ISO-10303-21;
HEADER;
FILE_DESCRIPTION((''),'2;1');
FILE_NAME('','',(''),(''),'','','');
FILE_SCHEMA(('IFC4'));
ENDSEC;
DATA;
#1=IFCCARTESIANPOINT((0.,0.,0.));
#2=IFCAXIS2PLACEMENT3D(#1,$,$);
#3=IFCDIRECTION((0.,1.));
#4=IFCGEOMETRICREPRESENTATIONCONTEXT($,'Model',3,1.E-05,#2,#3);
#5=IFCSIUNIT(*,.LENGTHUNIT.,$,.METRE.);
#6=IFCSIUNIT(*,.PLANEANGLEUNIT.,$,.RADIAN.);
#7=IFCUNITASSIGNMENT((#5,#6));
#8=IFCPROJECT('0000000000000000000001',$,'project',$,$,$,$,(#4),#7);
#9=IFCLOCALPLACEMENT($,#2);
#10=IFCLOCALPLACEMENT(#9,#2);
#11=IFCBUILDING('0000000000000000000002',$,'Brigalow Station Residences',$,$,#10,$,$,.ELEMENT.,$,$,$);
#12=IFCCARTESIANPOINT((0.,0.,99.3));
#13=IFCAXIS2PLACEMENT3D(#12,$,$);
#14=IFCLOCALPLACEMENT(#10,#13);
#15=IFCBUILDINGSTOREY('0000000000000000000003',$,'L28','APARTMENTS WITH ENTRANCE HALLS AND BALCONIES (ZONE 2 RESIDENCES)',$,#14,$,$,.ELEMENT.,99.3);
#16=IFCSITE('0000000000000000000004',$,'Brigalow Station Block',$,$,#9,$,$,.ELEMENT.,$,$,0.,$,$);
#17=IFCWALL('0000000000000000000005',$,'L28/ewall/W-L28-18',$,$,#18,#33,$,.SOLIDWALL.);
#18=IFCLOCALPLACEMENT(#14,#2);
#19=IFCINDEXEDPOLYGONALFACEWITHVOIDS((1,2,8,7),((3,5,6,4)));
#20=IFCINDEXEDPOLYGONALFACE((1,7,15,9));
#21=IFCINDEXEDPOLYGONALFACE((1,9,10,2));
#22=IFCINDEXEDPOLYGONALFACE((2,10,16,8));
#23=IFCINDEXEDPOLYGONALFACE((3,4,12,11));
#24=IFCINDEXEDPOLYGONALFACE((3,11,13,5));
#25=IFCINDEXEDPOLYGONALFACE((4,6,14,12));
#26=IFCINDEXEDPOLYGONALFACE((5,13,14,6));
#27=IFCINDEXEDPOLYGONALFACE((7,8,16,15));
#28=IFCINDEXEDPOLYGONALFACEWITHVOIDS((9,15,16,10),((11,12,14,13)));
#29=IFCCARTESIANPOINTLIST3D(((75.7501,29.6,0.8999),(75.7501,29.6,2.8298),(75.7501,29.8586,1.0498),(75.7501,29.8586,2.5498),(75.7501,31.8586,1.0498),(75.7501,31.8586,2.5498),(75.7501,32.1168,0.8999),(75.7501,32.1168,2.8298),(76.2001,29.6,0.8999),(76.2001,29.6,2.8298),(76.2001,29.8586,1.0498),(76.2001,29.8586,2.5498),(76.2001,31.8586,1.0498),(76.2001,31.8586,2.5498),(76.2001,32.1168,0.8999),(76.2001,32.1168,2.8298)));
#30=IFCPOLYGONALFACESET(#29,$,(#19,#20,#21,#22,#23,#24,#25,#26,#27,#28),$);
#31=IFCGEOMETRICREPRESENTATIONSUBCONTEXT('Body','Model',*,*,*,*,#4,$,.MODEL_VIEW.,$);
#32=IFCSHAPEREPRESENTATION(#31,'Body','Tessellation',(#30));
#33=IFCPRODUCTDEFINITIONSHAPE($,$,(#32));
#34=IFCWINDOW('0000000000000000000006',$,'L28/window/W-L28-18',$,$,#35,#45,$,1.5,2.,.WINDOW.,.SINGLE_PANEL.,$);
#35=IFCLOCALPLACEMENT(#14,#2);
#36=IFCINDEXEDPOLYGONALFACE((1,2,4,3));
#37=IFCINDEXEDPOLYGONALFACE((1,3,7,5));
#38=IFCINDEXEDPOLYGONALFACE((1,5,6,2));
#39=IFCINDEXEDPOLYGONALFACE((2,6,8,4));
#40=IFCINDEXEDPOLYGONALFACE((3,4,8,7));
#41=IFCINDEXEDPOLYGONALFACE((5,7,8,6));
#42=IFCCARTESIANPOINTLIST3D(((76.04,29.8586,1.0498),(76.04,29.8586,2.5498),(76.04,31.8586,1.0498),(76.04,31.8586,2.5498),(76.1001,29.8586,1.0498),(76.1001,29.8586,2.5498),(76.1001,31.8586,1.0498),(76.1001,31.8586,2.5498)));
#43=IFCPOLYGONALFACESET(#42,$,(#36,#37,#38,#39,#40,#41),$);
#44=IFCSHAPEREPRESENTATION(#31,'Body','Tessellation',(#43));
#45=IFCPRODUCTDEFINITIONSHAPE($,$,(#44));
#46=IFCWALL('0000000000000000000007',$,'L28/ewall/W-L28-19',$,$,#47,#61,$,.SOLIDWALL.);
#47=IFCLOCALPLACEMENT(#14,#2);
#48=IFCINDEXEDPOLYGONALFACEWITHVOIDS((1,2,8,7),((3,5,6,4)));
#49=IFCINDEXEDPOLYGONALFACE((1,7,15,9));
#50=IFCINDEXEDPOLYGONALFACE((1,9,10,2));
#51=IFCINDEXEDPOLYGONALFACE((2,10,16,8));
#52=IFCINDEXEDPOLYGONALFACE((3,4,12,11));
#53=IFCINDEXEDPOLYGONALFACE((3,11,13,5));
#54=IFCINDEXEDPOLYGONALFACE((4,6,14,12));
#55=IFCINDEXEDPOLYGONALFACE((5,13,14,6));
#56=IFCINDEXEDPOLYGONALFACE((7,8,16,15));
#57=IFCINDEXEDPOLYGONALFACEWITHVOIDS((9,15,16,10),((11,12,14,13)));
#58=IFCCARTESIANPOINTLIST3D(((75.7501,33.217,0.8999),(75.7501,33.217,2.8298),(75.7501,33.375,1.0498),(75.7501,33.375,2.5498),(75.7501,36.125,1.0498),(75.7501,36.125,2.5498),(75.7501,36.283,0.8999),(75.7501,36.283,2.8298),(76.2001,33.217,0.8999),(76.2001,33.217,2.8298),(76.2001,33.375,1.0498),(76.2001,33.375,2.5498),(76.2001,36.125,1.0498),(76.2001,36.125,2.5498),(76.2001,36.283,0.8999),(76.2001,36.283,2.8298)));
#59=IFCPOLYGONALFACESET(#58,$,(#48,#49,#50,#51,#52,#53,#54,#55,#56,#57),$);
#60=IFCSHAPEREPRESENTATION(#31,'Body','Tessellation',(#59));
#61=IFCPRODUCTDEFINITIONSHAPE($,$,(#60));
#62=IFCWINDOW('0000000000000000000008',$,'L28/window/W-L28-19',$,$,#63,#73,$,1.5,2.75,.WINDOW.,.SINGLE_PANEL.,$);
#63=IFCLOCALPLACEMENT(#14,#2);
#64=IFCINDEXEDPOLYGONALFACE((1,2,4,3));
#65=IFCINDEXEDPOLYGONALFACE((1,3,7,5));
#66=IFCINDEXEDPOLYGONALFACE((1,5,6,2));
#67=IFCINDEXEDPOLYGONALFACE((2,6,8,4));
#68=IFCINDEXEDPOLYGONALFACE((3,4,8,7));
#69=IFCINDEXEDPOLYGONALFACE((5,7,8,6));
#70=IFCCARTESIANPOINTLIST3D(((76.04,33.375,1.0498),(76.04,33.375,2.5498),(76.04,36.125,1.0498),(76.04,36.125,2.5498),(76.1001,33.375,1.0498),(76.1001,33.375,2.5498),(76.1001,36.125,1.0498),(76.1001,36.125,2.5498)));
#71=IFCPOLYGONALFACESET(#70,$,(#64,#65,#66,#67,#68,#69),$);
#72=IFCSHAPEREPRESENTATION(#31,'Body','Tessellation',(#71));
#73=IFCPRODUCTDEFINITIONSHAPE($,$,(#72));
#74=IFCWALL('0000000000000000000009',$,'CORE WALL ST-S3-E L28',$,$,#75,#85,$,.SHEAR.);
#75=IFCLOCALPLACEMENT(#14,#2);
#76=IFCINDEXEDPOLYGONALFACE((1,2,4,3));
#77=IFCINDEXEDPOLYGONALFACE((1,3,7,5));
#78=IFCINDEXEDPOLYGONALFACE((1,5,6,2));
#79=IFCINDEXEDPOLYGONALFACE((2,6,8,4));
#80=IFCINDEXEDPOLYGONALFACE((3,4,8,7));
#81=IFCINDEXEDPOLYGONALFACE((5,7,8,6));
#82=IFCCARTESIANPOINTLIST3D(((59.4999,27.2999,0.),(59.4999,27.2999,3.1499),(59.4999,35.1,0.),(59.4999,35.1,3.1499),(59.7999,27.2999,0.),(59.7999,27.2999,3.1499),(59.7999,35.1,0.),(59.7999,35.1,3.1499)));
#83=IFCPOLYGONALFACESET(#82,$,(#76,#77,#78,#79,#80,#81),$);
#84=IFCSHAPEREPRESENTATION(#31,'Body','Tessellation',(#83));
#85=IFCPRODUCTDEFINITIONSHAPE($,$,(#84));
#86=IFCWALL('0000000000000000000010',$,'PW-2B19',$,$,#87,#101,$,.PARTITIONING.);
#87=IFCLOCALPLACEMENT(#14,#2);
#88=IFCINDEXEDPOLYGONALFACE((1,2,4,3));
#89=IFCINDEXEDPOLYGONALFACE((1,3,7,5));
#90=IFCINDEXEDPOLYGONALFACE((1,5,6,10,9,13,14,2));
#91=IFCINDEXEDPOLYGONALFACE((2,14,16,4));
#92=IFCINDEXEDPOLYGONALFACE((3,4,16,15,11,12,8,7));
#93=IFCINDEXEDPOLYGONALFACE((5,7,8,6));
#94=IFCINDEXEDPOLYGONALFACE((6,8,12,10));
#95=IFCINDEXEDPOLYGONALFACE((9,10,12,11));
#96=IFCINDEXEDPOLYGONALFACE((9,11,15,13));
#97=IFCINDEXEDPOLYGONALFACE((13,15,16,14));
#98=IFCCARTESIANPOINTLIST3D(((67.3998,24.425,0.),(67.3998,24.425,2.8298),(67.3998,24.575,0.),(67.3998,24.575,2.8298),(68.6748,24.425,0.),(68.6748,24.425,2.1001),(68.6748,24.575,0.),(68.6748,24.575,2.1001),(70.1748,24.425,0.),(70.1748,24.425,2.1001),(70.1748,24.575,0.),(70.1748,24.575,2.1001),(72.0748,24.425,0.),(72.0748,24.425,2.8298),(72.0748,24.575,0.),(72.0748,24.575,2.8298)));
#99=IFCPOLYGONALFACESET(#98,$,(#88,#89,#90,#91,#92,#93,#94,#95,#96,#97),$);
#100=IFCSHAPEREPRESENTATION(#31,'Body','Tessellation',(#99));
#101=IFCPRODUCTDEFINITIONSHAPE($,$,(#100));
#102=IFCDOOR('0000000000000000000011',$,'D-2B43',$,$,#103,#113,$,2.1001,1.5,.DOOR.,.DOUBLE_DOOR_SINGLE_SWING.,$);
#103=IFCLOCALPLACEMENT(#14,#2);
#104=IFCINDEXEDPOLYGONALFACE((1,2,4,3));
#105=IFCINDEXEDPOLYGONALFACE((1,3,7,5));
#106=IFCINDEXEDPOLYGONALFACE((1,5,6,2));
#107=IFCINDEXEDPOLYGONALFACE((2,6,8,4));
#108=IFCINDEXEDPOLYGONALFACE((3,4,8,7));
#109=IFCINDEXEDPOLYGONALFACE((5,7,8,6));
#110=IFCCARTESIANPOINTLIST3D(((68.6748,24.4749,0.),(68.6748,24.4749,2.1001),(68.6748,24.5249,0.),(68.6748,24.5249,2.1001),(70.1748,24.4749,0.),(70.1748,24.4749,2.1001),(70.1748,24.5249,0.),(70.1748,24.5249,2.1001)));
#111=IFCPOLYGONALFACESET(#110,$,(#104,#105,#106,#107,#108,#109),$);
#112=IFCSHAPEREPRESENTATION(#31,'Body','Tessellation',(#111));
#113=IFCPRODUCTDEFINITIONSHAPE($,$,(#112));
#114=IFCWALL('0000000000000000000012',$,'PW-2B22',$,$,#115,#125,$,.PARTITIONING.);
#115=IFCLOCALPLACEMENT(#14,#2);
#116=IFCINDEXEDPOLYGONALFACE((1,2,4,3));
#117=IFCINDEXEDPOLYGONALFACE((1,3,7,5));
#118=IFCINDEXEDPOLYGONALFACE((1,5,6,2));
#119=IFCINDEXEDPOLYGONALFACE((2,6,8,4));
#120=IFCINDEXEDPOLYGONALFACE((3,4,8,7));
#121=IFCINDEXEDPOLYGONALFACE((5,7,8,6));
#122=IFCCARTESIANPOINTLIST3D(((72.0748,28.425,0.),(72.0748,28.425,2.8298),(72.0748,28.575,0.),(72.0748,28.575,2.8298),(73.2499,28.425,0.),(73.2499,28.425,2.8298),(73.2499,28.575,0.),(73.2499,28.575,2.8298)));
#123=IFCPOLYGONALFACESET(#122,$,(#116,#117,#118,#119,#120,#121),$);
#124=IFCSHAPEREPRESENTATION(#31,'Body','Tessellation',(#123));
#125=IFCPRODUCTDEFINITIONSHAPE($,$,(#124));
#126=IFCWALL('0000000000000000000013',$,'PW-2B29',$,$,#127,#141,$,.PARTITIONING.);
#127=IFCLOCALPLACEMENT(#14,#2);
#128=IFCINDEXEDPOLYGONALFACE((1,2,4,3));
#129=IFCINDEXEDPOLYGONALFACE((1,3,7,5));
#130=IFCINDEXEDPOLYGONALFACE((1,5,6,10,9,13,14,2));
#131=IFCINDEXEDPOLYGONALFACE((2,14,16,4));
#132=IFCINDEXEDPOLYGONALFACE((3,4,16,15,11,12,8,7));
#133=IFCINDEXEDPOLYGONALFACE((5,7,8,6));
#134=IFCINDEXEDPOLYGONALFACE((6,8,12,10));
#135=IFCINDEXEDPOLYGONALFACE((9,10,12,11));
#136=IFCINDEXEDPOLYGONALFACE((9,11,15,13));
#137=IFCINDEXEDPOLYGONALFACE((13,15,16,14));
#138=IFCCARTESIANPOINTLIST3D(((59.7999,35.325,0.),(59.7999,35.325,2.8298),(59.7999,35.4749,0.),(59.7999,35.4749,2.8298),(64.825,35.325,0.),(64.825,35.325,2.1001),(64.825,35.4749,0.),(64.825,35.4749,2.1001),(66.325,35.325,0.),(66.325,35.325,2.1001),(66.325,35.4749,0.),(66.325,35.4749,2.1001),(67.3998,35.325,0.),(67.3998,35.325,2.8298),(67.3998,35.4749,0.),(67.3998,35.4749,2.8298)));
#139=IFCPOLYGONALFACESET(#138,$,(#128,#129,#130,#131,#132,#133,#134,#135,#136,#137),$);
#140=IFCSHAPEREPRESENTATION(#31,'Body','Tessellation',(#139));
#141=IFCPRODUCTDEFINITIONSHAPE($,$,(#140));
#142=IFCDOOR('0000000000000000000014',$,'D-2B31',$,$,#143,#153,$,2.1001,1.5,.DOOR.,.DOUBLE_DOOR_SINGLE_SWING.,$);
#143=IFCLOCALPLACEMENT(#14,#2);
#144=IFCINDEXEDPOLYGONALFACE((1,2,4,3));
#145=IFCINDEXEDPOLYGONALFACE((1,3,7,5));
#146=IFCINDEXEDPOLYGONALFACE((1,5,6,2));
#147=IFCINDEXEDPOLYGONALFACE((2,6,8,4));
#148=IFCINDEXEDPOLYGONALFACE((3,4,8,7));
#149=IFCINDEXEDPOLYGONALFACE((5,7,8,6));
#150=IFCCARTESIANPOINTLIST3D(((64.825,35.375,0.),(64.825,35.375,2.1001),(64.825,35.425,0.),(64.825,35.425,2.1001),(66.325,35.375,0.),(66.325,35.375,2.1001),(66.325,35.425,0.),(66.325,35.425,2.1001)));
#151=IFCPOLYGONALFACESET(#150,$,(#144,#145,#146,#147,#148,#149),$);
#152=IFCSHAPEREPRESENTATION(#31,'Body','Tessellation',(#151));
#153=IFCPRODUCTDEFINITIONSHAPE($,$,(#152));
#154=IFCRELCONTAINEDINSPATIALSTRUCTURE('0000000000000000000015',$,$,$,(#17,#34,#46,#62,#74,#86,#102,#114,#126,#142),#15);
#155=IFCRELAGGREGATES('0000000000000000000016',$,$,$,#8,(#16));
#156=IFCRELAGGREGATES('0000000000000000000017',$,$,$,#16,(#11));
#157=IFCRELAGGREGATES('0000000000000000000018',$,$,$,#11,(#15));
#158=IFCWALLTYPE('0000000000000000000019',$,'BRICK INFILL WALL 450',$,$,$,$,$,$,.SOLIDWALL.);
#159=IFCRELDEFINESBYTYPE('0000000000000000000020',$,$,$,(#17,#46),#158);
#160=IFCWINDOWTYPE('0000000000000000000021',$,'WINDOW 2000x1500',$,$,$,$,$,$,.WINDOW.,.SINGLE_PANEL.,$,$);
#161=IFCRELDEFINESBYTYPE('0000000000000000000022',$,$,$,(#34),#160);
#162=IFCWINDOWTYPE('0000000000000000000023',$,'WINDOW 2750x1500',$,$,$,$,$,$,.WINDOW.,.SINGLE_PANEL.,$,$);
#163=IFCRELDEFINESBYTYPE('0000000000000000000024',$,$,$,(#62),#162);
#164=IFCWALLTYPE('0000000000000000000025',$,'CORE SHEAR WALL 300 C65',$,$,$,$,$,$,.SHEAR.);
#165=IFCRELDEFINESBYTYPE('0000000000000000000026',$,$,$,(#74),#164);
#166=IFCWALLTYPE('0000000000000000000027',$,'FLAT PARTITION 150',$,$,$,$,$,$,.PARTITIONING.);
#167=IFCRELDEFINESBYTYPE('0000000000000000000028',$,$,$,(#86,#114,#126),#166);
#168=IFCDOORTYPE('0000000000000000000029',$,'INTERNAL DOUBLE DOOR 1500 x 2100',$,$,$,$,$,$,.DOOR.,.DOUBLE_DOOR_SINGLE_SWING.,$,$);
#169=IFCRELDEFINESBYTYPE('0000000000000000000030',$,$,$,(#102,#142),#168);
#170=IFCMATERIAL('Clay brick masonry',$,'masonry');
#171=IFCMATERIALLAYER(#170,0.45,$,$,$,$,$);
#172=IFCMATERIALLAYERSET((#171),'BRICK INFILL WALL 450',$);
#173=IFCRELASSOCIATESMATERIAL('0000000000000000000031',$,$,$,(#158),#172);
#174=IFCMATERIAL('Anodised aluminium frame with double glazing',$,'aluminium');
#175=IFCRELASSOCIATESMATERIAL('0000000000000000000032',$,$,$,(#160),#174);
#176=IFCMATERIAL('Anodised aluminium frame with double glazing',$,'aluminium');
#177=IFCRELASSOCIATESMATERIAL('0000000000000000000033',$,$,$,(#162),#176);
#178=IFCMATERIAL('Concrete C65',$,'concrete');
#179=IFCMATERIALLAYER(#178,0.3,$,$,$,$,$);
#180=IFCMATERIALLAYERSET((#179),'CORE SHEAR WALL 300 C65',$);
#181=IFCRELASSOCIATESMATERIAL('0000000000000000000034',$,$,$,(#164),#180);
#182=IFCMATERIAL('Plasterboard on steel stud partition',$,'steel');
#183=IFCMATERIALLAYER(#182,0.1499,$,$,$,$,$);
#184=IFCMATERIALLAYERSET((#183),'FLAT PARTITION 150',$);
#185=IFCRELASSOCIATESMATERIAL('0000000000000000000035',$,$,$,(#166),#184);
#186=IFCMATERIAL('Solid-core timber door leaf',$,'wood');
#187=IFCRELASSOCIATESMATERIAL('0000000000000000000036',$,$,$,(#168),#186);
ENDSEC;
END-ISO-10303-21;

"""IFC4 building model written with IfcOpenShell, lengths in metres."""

from ifc_helpers import new_model, si_unit, direction, frame, frame_2d, origin, place, context, subcontext, project, spatial, rectangle, extrude, material, layer, layer_set, type_object, element, fill, save


model = new_model("IFC4")

# Units and contexts
model_context = context("Model", 3, precision=1e-05, world=origin(), true_north=direction((0.0, 1.0)))
body_context = subcontext(model_context, "Body", "Model", "MODEL_VIEW")
ifc_project = project(units=[si_unit("LENGTHUNIT", "METRE"), si_unit("PLANEANGLEUNIT", "RADIAN")], contexts=[model_context])

# Site, building, storey
site_placement = place(None, origin())
site = spatial("IfcSite", under=ifc_project, at=site_placement, Name="Brigalow Station Block", CompositionType="ELEMENT", RefElevation=0.0)
building_placement = place(site_placement, origin())
building = spatial("IfcBuilding", under=site, at=building_placement, Name="Brigalow Station Residences", CompositionType="ELEMENT")
storey_placement = place(building_placement, frame((0.0, 0.0, 99.3)))
storey = spatial("IfcBuildingStorey", under=building, at=storey_placement, Name="L28", Description="APARTMENTS WITH ENTRANCE HALLS AND BALCONIES (ZONE 2 RESIDENCES)", CompositionType="ELEMENT", Elevation=99.3)

# Shared definitions
ifc_material_1 = material(Name="Clay brick masonry", Category="masonry")
ifc_layer_1 = layer(ifc_material_1, 0.45)
ifc_layer_set_1 = layer_set([ifc_layer_1], Name="BRICK INFILL WALL 450")
wall_type_1 = type_object("IfcWallType", Name="BRICK INFILL WALL 450", PredefinedType="SOLIDWALL", material=ifc_layer_set_1)

# Walls, openings, windows
wall_1_placement = place(storey_placement, frame((75.9751, 29.6001, 0.8999), z_axis=(0.0, 0.0, 1.0), x_axis=(0.0, 1.0, 0.0)))
wall_1 = element("IfcWall", 1, at=wall_1_placement, inside=storey, type_object=wall_type_1, Name="L28/ewall/W-L28-18", PredefinedType="SOLIDWALL", context=body_context, shape_type="SweptSolid", body=[
    extrude(rectangle(XDim=2.5168, YDim=0.45, at=frame_2d((1.2583, 0.0))), origin(), (0.0, 0.0, 1.0), 1.9299),
])
opening_1_placement = place(wall_1_placement, frame((0.2585, 0.0, 0.1499)))
opening_1 = element("IfcOpeningElement", 2, at=opening_1_placement, cuts=wall_1, PredefinedType="OPENING", context=body_context, shape_type="SweptSolid", body=[
    extrude(rectangle(XDim=2.0, YDim=1.5, at=frame_2d((1.0, 0.75))), frame((0.0, 0.2349, 0.0), z_axis=(0.0, -1.0, 0.0), x_axis=(1.0, 0.0, 0.0)), (0.0, 0.0, 1.0), 0.47),
])
ifc_material_2 = material(Name="Anodised aluminium frame with double glazing", Category="aluminium")
window_type_1 = type_object("IfcWindowType", Name="WINDOW 2000x1500", PartitioningType="SINGLE_PANEL", PredefinedType="WINDOW", material=ifc_material_2)
window_1_placement = place(opening_1_placement, origin())
window_1 = element("IfcWindow", 3, at=window_1_placement, inside=storey, type_object=window_type_1, Name="L28/window/W-L28-18", OverallHeight=1.5, OverallWidth=2.0, PartitioningType="SINGLE_PANEL", PredefinedType="WINDOW", context=body_context, shape_type="SweptSolid", body=[
    extrude(rectangle(XDim=2.0, YDim=1.5, at=frame_2d((1.0, 0.75))), frame((0.0, -0.0649, 0.0), z_axis=(0.0, -1.0, 0.0), x_axis=(1.0, 0.0, 0.0)), (0.0, 0.0, 1.0), 0.0601),
])
fill(opening_1, window_1)
wall_2_placement = place(storey_placement, frame((75.9751, 33.217, 0.8999), z_axis=(0.0, 0.0, 1.0), x_axis=(0.0, 1.0, 0.0)))
wall_2 = element("IfcWall", 4, at=wall_2_placement, inside=storey, type_object=wall_type_1, Name="L28/ewall/W-L28-19", PredefinedType="SOLIDWALL", context=body_context, shape_type="SweptSolid", body=[
    extrude(rectangle(XDim=3.0659, YDim=0.45, at=frame_2d((1.533, 0.0))), origin(), (0.0, 0.0, 1.0), 1.9299),
])
opening_2_placement = place(wall_2_placement, frame((0.158, 0.0, 0.1499)))
opening_2 = element("IfcOpeningElement", 5, at=opening_2_placement, cuts=wall_2, PredefinedType="OPENING", context=body_context, shape_type="SweptSolid", body=[
    extrude(rectangle(XDim=2.75, YDim=1.5, at=frame_2d((1.375, 0.75))), frame((0.0, 0.2349, 0.0), z_axis=(0.0, -1.0, 0.0), x_axis=(1.0, 0.0, 0.0)), (0.0, 0.0, 1.0), 0.47),
])
ifc_material_3 = material(Name="Anodised aluminium frame with double glazing", Category="aluminium")
window_type_2 = type_object("IfcWindowType", Name="WINDOW 2750x1500", PartitioningType="SINGLE_PANEL", PredefinedType="WINDOW", material=ifc_material_3)
window_2_placement = place(opening_2_placement, origin())
window_2 = element("IfcWindow", 6, at=window_2_placement, inside=storey, type_object=window_type_2, Name="L28/window/W-L28-19", OverallHeight=1.5, OverallWidth=2.75, PartitioningType="SINGLE_PANEL", PredefinedType="WINDOW", context=body_context, shape_type="SweptSolid", body=[
    extrude(rectangle(XDim=2.75, YDim=1.5, at=frame_2d((1.375, 0.75))), frame((0.0, -0.0649, 0.0), z_axis=(0.0, -1.0, 0.0), x_axis=(1.0, 0.0, 0.0)), (0.0, 0.0, 1.0), 0.0601),
])
fill(opening_2, window_2)

# Wall
ifc_material_4 = material(Name="Concrete C65", Category="concrete")
ifc_layer_2 = layer(ifc_material_4, 0.3)
ifc_layer_set_2 = layer_set([ifc_layer_2], Name="CORE SHEAR WALL 300 C65")
wall_type_2 = type_object("IfcWallType", Name="CORE SHEAR WALL 300 C65", PredefinedType="SHEAR", material=ifc_layer_set_2)
wall_3_placement = place(storey_placement, frame((59.6499, 27.3, 0.0), z_axis=(0.0, 0.0, 1.0), x_axis=(0.0, 1.0, 0.0)))
element("IfcWall", 7, at=wall_3_placement, inside=storey, type_object=wall_type_2, Name="CORE WALL ST-S3-E L28", PredefinedType="SHEAR", context=body_context, shape_type="SweptSolid", body=[
    extrude(rectangle(XDim=7.8, YDim=0.3, at=frame_2d((3.8999, 0.0))), origin(), (0.0, 0.0, 1.0), 3.1499),
])

# Wall, opening, door
ifc_material_5 = material(Name="Plasterboard on steel stud partition", Category="steel")
ifc_layer_3 = layer(ifc_material_5, 0.1499)
ifc_layer_set_3 = layer_set([ifc_layer_3], Name="FLAT PARTITION 150")
wall_type_3 = type_object("IfcWallType", Name="FLAT PARTITION 150", PredefinedType="PARTITIONING", material=ifc_layer_set_3)
wall_4_placement = place(storey_placement, frame((67.3999, 24.5, 0.0), z_axis=(0.0, 0.0, 1.0), x_axis=(1.0, 0.0, 0.0)))
wall_4 = element("IfcWall", 8, at=wall_4_placement, inside=storey, type_object=wall_type_3, Name="PW-2B19", PredefinedType="PARTITIONING", context=body_context, shape_type="SweptSolid", body=[
    extrude(rectangle(XDim=4.675, YDim=0.1499, at=frame_2d((2.3374, 0.0))), origin(), (0.0, 0.0, 1.0), 2.8298),
])
opening_3_placement = place(wall_4_placement, frame((1.2749, 0.0, 0.0)))
opening_3 = element("IfcOpeningElement", 9, at=opening_3_placement, cuts=wall_4, PredefinedType="OPENING", context=body_context, shape_type="SweptSolid", body=[
    extrude(rectangle(XDim=1.5, YDim=2.1001, at=frame_2d((0.75, 1.05))), frame((0.0, 0.085, 0.0), z_axis=(0.0, -1.0, 0.0), x_axis=(1.0, 0.0, 0.0)), (0.0, 0.0, 1.0), 0.1699),
])
ifc_material_6 = material(Name="Solid-core timber door leaf", Category="wood")
door_type_1 = type_object("IfcDoorType", Name="INTERNAL DOUBLE DOOR 1500 x 2100", OperationType="DOUBLE_DOOR_SINGLE_SWING", PredefinedType="DOOR", material=ifc_material_6)
door_1_placement = place(opening_3_placement, origin())
door_1 = element("IfcDoor", 10, at=door_1_placement, inside=storey, type_object=door_type_1, Name="D-2B43", OperationType="DOUBLE_DOOR_SINGLE_SWING", OverallHeight=2.1001, OverallWidth=1.5, PredefinedType="DOOR", context=body_context, shape_type="SweptSolid", body=[
    extrude(rectangle(XDim=1.5, YDim=2.1001, at=frame_2d((0.75, 1.05))), frame((0.0, 0.0249, 0.0), z_axis=(0.0, -1.0, 0.0), x_axis=(1.0, 0.0, 0.0)), (0.0, 0.0, 1.0), 0.05),
])
fill(opening_3, door_1)

# Wall
wall_5_placement = place(storey_placement, frame((72.075, 28.5, 0.0), z_axis=(0.0, 0.0, 1.0), x_axis=(1.0, 0.0, 0.0)))
element("IfcWall", 11, at=wall_5_placement, inside=storey, type_object=wall_type_3, Name="PW-2B22", PredefinedType="PARTITIONING", context=body_context, shape_type="SweptSolid", body=[
    extrude(rectangle(XDim=1.175, YDim=0.1499, at=frame_2d((0.5874, 0.0))), origin(), (0.0, 0.0, 1.0), 2.8298),
])

# Wall, opening, door
wall_6_placement = place(storey_placement, frame((59.8, 35.3999, 0.0), z_axis=(0.0, 0.0, 1.0), x_axis=(1.0, 0.0, 0.0)))
wall_6 = element("IfcWall", 12, at=wall_6_placement, inside=storey, type_object=wall_type_3, Name="PW-2B29", PredefinedType="PARTITIONING", context=body_context, shape_type="SweptSolid", body=[
    extrude(rectangle(XDim=7.5999, YDim=0.1499, at=frame_2d((3.7998, 0.0))), origin(), (0.0, 0.0, 1.0), 2.8298),
])
opening_4_placement = place(wall_6_placement, frame((5.0249, 0.0, 0.0)))
opening_4 = element("IfcOpeningElement", 13, at=opening_4_placement, cuts=wall_6, PredefinedType="OPENING", context=body_context, shape_type="SweptSolid", body=[
    extrude(rectangle(XDim=1.5, YDim=2.1001, at=frame_2d((0.75, 1.05))), frame((0.0, 0.085, 0.0), z_axis=(0.0, -1.0, 0.0), x_axis=(1.0, 0.0, 0.0)), (0.0, 0.0, 1.0), 0.1699),
])
door_2_placement = place(opening_4_placement, frame((1.5, 0.0, 0.0), z_axis=(0.0, 0.0, 1.0), x_axis=(-1.0, 0.0, 0.0)))
door_2 = element("IfcDoor", 14, at=door_2_placement, inside=storey, type_object=door_type_1, Name="D-2B31", OperationType="DOUBLE_DOOR_SINGLE_SWING", OverallHeight=2.1001, OverallWidth=1.5, PredefinedType="DOOR", context=body_context, shape_type="SweptSolid", body=[
    extrude(rectangle(XDim=1.5, YDim=2.1001, at=frame_2d((0.75, 1.05))), frame((0.0, 0.0249, 0.0), z_axis=(0.0, -1.0, 0.0), x_axis=(1.0, 0.0, 0.0)), (0.0, 0.0, 1.0), 0.05),
])
fill(opening_4, door_2)

save(model, "model.ifc")
